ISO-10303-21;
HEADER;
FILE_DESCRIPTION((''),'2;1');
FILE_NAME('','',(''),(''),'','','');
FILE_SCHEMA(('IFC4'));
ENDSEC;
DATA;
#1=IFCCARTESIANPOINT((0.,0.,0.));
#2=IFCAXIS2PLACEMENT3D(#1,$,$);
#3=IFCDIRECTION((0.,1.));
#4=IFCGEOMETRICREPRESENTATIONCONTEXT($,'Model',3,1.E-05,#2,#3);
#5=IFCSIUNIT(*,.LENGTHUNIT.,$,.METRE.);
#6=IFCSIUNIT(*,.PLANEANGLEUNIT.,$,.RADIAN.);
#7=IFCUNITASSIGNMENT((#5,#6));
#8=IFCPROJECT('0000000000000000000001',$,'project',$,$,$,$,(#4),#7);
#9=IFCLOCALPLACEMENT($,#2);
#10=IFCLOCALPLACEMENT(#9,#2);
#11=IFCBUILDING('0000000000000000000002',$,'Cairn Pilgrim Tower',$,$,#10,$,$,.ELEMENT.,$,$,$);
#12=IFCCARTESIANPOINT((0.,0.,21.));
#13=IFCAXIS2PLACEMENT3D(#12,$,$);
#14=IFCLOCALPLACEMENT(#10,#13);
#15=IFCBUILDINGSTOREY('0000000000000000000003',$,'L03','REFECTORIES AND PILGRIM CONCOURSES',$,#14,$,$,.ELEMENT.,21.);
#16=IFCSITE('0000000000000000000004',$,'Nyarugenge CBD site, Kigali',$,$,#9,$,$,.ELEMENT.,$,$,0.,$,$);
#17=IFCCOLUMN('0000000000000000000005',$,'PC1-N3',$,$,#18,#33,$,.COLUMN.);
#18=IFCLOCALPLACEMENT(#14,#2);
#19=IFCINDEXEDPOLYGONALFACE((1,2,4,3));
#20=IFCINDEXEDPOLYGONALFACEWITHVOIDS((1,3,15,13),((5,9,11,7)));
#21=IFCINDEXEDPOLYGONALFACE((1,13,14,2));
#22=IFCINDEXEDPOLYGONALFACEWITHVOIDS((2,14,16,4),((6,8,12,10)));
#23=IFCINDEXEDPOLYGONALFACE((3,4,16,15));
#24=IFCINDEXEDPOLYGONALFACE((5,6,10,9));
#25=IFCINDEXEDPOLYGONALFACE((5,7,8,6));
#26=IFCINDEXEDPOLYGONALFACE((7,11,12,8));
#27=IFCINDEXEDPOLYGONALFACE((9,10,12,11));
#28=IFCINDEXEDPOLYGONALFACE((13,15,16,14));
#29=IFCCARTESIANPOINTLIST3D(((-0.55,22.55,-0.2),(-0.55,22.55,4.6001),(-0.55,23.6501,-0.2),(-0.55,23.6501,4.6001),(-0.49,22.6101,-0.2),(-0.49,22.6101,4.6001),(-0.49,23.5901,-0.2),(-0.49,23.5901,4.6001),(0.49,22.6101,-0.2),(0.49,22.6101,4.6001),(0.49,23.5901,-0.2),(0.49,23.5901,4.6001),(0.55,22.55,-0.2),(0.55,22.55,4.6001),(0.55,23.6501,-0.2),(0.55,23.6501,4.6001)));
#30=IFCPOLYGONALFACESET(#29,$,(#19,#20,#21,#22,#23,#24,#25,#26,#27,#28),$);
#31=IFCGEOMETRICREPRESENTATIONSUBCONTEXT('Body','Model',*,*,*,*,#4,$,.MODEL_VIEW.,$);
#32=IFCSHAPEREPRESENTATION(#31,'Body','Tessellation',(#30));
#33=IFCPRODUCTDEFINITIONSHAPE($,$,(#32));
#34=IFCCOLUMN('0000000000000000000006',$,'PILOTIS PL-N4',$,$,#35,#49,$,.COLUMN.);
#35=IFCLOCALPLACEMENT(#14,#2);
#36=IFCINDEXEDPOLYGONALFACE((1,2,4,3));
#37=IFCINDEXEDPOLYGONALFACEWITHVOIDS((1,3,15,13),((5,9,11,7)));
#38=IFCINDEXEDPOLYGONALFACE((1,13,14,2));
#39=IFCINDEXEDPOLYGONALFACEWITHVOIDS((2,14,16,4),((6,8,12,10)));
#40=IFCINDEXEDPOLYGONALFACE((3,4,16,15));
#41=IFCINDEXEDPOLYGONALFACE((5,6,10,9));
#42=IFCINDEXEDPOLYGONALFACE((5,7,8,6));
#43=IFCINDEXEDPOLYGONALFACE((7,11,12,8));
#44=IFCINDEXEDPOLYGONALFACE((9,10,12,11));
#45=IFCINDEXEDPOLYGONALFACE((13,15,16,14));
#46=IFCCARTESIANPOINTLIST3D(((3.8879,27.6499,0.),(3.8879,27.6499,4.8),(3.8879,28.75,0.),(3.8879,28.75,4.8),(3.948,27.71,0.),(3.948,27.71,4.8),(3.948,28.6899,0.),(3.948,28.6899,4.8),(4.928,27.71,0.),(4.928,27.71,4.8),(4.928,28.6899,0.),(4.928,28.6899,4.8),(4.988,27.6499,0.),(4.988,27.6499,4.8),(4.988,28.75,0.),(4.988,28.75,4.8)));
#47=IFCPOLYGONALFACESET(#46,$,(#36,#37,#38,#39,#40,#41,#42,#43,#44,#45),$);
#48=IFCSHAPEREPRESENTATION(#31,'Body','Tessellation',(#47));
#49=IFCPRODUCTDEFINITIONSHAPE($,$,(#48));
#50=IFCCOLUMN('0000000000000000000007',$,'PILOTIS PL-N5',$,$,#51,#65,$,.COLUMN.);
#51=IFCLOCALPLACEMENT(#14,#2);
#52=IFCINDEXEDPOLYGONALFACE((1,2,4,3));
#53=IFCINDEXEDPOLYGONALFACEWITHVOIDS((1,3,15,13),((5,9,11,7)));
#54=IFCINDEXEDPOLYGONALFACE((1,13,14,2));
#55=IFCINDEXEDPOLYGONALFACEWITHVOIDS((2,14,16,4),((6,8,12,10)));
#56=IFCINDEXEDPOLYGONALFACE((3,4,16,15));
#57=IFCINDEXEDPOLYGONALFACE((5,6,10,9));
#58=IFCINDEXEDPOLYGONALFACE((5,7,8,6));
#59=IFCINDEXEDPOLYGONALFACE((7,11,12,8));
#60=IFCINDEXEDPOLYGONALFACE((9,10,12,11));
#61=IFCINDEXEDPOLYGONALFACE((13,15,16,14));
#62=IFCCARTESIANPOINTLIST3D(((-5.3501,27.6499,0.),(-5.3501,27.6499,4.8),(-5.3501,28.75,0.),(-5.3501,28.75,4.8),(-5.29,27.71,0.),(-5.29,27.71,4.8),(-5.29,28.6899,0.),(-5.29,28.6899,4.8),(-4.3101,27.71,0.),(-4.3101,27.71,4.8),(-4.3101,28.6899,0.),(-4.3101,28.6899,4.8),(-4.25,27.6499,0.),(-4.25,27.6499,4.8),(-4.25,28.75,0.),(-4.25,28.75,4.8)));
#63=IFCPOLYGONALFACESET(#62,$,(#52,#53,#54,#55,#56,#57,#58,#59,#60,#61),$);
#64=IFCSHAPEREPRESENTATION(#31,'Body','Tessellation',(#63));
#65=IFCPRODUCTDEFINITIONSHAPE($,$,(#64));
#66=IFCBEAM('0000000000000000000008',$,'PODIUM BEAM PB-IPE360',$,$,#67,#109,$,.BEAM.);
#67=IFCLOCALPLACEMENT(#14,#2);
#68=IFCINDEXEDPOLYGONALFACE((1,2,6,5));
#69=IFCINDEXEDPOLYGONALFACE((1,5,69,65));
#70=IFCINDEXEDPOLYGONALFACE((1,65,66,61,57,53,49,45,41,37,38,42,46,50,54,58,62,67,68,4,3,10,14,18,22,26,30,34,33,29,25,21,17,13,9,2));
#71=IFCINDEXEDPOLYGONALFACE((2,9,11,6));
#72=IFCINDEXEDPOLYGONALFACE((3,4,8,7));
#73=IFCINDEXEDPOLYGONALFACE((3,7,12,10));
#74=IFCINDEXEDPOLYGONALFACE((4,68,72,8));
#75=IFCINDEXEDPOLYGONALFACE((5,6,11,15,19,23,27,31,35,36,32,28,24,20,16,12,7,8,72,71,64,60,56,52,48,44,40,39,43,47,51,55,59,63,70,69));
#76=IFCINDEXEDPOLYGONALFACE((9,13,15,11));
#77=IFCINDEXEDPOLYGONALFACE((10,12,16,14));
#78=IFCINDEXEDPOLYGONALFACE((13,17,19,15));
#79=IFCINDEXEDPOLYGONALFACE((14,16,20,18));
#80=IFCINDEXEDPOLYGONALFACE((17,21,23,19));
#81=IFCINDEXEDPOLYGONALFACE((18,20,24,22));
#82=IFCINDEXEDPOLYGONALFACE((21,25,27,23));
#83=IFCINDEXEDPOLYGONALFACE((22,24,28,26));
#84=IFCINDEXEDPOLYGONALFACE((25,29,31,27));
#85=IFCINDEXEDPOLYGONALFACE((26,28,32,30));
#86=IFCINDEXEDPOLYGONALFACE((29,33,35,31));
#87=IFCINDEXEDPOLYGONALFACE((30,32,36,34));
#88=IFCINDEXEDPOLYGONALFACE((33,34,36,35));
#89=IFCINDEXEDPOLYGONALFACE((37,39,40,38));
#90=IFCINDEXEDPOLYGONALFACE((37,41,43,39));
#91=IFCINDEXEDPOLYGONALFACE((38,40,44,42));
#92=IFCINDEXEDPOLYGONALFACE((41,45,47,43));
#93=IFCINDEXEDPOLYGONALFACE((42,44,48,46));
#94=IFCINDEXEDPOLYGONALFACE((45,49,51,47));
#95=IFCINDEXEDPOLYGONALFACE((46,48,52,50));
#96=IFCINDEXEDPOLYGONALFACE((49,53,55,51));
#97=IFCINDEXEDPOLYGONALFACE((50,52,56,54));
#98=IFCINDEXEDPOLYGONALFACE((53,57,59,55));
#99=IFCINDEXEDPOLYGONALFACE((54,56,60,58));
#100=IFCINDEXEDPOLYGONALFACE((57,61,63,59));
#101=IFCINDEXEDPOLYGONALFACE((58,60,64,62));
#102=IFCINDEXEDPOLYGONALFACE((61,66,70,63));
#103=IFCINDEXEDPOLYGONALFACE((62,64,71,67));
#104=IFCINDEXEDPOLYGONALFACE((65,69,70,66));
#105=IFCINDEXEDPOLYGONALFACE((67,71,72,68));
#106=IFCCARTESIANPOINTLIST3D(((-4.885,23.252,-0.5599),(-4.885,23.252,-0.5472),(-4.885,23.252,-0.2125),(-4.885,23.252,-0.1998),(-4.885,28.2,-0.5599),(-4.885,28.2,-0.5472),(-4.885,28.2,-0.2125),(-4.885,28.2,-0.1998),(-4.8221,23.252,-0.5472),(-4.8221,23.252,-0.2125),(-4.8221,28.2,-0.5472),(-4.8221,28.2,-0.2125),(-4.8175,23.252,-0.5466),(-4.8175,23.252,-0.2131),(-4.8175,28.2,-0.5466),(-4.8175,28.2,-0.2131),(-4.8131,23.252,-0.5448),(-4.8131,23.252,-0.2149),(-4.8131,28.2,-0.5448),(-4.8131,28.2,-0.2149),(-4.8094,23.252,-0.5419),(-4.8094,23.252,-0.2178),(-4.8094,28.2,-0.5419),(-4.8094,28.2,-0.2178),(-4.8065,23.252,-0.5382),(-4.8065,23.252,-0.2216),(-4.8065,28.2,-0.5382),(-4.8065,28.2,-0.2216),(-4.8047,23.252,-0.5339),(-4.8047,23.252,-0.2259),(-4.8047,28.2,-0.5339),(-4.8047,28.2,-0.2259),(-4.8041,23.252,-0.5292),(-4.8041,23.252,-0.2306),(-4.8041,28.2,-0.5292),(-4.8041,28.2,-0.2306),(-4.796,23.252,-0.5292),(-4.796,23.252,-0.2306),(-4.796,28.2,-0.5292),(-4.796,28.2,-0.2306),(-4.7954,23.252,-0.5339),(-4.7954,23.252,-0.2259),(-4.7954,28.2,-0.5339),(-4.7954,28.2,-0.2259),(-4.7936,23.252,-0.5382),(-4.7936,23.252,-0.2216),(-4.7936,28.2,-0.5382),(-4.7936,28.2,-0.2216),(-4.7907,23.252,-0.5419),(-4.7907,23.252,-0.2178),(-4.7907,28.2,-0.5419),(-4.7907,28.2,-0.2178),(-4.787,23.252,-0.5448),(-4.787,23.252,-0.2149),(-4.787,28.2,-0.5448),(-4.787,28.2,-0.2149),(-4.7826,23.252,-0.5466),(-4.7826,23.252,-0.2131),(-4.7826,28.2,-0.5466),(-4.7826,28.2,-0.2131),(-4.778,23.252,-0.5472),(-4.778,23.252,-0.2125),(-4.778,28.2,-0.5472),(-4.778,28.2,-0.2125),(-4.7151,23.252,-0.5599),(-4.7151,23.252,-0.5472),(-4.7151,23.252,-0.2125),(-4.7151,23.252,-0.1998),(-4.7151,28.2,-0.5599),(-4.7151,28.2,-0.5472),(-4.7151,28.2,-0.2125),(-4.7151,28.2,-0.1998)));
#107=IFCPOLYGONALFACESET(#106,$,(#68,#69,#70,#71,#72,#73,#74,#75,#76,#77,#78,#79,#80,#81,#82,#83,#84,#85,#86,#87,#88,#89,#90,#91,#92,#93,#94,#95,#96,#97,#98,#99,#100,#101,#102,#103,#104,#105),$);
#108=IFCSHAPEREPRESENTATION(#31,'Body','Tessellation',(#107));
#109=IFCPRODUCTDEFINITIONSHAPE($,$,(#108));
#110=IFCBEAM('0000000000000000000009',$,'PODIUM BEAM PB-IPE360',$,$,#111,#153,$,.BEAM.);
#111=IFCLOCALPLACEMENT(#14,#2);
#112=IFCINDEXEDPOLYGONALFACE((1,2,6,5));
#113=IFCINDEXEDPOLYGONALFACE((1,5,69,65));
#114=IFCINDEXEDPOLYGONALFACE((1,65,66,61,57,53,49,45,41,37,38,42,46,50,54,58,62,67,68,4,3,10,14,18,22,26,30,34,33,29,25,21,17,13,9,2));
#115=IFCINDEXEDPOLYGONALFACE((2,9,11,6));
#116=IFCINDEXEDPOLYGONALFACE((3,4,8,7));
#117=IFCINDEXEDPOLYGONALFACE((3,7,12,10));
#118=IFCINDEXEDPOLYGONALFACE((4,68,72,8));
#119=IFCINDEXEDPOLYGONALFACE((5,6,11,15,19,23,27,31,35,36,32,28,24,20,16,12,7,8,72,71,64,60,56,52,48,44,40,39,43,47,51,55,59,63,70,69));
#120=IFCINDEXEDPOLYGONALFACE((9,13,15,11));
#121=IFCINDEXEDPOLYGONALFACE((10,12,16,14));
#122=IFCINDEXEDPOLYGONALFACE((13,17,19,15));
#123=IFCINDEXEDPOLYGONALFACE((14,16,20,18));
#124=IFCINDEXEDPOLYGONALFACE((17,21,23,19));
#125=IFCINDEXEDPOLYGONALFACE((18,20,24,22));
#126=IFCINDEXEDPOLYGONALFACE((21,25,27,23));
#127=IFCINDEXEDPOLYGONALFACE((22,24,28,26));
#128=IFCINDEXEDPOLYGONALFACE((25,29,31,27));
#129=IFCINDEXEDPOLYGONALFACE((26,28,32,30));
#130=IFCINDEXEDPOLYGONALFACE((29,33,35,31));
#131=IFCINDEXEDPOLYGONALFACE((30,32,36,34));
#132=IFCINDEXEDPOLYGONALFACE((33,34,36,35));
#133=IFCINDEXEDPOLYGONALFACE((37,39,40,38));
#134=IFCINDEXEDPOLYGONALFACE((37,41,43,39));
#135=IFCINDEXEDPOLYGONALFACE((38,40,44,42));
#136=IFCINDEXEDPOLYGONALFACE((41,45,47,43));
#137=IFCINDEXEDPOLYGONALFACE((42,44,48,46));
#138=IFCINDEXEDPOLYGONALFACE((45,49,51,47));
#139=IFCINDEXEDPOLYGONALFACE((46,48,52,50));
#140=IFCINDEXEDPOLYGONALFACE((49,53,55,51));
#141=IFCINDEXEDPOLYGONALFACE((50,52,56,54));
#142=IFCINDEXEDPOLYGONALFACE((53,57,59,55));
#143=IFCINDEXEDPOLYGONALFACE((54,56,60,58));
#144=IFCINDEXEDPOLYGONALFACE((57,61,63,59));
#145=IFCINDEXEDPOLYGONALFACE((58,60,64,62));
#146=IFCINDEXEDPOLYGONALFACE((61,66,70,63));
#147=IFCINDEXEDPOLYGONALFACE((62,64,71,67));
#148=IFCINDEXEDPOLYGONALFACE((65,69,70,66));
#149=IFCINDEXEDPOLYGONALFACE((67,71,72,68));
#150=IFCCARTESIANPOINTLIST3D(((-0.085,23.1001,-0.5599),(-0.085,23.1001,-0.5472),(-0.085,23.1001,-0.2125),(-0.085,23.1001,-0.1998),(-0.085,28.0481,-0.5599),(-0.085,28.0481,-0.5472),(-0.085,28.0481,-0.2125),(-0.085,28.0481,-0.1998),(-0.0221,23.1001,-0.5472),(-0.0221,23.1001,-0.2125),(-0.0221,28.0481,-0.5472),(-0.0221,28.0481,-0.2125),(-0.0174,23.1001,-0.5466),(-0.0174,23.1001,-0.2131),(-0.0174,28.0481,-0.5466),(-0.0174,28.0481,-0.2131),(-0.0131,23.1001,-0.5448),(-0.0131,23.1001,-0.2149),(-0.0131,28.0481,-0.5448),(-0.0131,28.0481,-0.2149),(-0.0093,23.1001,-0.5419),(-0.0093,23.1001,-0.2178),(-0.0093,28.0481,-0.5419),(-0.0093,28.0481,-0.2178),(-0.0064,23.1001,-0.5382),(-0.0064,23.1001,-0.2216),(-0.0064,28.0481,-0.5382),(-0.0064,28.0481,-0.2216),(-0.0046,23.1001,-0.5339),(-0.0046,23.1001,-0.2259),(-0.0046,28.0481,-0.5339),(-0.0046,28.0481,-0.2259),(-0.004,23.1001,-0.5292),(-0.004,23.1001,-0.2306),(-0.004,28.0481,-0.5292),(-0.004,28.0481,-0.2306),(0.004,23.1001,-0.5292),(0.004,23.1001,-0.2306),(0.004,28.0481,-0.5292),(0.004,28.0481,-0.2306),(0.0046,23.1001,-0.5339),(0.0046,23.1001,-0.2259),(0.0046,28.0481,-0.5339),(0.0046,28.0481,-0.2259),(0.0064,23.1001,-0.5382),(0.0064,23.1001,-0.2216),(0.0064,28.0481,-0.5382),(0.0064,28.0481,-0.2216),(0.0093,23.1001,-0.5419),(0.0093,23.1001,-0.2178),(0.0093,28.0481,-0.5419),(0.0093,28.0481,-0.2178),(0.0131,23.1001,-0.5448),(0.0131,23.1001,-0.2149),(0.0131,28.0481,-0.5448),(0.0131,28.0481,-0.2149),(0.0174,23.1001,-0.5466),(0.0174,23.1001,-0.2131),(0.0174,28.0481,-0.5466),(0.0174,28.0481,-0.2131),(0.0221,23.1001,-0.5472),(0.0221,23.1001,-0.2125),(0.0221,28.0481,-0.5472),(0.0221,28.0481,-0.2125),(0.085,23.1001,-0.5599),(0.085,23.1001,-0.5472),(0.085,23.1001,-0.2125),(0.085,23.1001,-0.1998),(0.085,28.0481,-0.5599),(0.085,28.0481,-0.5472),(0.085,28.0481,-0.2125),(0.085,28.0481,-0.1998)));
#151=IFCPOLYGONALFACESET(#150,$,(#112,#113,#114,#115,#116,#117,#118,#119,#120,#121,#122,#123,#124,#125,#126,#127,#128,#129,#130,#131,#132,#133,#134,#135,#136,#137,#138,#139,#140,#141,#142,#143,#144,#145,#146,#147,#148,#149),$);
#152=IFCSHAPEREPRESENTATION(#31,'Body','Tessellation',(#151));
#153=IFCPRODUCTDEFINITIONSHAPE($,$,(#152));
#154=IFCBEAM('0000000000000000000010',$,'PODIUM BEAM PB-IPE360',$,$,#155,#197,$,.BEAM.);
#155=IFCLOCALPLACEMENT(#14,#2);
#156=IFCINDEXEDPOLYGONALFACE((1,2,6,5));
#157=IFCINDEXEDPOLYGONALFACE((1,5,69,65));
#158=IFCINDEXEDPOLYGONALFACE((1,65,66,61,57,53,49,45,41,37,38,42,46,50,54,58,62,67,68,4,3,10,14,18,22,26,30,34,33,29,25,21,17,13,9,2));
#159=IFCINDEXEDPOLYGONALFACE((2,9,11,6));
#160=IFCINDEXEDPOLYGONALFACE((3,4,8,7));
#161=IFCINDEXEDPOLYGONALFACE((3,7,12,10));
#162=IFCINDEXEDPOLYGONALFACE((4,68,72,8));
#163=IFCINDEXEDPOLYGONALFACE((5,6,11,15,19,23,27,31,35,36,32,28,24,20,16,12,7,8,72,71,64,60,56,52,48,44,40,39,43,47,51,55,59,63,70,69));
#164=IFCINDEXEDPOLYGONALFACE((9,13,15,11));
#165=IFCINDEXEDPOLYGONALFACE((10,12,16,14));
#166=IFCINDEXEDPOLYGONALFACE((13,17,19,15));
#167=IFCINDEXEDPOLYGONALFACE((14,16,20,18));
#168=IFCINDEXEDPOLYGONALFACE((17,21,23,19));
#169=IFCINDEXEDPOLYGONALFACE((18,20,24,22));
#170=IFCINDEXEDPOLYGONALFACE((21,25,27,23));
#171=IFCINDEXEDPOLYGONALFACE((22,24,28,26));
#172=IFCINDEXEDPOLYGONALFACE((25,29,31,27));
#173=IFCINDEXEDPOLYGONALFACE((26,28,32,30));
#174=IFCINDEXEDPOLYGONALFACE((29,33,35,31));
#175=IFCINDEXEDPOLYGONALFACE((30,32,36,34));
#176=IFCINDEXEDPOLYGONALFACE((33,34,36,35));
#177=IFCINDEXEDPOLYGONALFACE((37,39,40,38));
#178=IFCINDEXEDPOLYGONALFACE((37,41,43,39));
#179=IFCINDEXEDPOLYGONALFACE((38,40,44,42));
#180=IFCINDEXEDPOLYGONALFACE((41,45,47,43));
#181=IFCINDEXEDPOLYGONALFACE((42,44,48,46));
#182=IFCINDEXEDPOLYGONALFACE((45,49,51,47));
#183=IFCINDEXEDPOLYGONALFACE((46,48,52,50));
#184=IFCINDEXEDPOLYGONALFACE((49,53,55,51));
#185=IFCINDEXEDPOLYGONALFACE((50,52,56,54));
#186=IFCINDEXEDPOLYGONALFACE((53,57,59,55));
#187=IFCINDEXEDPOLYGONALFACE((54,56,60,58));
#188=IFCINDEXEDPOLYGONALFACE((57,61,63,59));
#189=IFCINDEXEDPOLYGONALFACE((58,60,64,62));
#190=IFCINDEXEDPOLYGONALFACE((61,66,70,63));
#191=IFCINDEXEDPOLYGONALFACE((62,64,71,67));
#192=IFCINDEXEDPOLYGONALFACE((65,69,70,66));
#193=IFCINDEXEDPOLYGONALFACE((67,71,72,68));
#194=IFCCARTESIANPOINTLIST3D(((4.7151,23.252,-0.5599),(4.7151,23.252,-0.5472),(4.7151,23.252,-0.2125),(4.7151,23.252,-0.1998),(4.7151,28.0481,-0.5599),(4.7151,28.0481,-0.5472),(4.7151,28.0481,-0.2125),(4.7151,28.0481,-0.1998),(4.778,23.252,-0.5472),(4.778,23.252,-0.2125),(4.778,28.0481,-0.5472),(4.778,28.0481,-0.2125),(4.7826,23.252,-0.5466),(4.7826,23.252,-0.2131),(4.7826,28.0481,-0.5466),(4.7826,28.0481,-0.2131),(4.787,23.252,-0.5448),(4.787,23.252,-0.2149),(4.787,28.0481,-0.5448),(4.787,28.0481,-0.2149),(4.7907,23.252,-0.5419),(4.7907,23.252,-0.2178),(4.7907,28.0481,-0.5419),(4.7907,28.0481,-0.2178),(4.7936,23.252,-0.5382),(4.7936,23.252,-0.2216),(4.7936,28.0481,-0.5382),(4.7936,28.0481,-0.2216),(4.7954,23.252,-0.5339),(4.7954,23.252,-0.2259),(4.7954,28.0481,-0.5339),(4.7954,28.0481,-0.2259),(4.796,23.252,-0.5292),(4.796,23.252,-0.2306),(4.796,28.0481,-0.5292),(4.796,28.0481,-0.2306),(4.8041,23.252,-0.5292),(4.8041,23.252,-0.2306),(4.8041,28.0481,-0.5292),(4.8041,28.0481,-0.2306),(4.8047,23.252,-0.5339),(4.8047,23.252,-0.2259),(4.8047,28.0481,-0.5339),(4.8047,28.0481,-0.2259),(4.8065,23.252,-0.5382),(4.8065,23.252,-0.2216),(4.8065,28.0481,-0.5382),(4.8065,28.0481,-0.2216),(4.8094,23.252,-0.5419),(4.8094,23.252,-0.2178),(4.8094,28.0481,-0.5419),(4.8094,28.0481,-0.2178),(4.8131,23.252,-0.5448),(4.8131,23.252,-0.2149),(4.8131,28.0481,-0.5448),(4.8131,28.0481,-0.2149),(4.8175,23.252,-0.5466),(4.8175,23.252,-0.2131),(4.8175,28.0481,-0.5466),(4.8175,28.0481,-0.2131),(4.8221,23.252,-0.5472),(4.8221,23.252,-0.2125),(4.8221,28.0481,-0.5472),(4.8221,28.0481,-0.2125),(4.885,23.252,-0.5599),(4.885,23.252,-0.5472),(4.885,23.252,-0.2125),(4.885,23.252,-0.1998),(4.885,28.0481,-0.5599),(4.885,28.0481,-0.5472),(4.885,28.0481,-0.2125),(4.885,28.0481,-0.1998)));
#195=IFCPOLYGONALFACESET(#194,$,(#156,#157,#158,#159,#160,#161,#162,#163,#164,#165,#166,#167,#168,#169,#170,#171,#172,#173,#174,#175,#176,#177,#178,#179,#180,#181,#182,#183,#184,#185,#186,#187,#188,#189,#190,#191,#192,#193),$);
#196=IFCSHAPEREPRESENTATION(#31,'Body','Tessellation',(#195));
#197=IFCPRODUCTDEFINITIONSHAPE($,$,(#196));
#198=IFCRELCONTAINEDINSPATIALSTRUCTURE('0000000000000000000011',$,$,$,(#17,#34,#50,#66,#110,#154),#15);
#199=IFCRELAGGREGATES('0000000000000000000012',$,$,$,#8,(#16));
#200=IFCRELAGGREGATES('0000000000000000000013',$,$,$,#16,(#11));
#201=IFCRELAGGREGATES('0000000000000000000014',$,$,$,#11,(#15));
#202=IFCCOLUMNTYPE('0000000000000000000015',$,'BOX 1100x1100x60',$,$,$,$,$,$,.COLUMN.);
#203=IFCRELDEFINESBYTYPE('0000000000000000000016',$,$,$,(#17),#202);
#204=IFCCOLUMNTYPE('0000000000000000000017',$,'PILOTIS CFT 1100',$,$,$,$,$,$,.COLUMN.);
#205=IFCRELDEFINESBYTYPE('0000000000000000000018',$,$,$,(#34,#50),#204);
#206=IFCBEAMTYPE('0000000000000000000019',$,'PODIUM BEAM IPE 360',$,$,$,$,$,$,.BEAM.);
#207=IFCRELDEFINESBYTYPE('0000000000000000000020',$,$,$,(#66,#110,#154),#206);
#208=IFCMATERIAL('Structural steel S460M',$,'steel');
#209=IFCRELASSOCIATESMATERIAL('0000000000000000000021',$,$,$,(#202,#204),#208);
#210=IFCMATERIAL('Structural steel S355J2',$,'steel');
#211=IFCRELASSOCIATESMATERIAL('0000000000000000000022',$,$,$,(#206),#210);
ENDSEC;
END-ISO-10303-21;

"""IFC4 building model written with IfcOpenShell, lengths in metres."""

from ifc_helpers import new_model, si_unit, direction, frame, origin, origin_2d, place, context, subcontext, project, spatial, hollow_rectangle, i_section, extrude, material, material_profile, profile_set, type_object, element, save


model = new_model("IFC4")

# Units and contexts
model_context = context("Model", 3, precision=1e-05, world=origin(), true_north=direction((0.0, 1.0)))
body_context = subcontext(model_context, "Body", "Model", "MODEL_VIEW")
ifc_project = project(units=[si_unit("LENGTHUNIT", "METRE"), si_unit("PLANEANGLEUNIT", "RADIAN")], contexts=[model_context])

# Site, building, storey
site_placement = place(None, origin())
site = spatial("IfcSite", under=ifc_project, at=site_placement, Name="Nyarugenge CBD site, Kigali", CompositionType="ELEMENT", RefElevation=0.0)
building_placement = place(site_placement, origin())
building = spatial("IfcBuilding", under=site, at=building_placement, Name="Cairn Pilgrim Tower", CompositionType="ELEMENT")
storey_placement = place(building_placement, frame((0.0, 0.0, 21.0)))
storey = spatial("IfcBuildingStorey", under=building, at=storey_placement, Name="L03", Description="REFECTORIES AND PILGRIM CONCOURSES", CompositionType="ELEMENT", Elevation=21.0)

# Columns
ifc_material_1 = material(Name="Structural steel S460M", Category="steel")
ifc_material_profile_1 = material_profile(ifc_material_1, hollow_rectangle(XDim=1.1001, YDim=1.1001, WallThickness=0.0601, at=origin_2d()), Name="BOX 1100x1100x60")
ifc_profile_set_1 = profile_set([ifc_material_profile_1], Name="Structural steel S460M")
column_type_1 = type_object("IfcColumnType", Name="BOX 1100x1100x60", PredefinedType="COLUMN", material=ifc_profile_set_1)
column_placement = place(storey_placement, frame((0.0, 23.1001, -0.2), z_axis=(0.0, 0.0, 1.0), x_axis=(1.0, 0.0, 0.0)))
element("IfcColumn", 1, at=column_placement, inside=storey, type_object=column_type_1, Name="PC1-N3", PredefinedType="COLUMN", context=body_context, shape_type="SweptSolid", body=[
    extrude(hollow_rectangle(XDim=1.1001, YDim=1.1001, WallThickness=0.0601, at=origin_2d()), origin(), (0.0, 0.0, 1.0), 4.8),
])
ifc_material_profile_2 = material_profile(ifc_material_1, hollow_rectangle(XDim=1.1001, YDim=1.1001, WallThickness=0.0601, at=origin_2d()), Name="BOX 1100x1100x60")
ifc_profile_set_2 = profile_set([ifc_material_profile_2], Name="Structural steel S460M")
column_type_2 = type_object("IfcColumnType", Name="PILOTIS CFT 1100", PredefinedType="COLUMN", material=ifc_profile_set_2)
for number, where, z_axis, x_axis, name in (
    (2, (4.438, 28.2, 0.0), (0.0, 0.0, 1.0), (1.0, 0.0, 0.0), "PILOTIS PL-N4"),
    (3, (-4.8, 28.2, 0.0), (0.0, 0.0, 1.0), (1.0, 0.0, 0.0), "PILOTIS PL-N5"),
):
    element("IfcColumn", number, at=place(storey_placement, frame(where, z_axis=z_axis, x_axis=x_axis)), inside=storey, type_object=column_type_2, Name=name, PredefinedType="COLUMN", context=body_context, shape_type="SweptSolid", body=[
        extrude(hollow_rectangle(XDim=1.1001, YDim=1.1001, WallThickness=0.0601, at=origin_2d()), origin(), (0.0, 0.0, 1.0), 4.8),
    ])

# Beams
ifc_material_2 = material(Name="Structural steel S355J2", Category="steel")
ifc_material_profile_3 = material_profile(ifc_material_2, i_section(OverallWidth=0.1699, OverallDepth=0.3601, WebThickness=0.0081, FlangeThickness=0.0127, FilletRadius=0.0181, at=origin_2d()), Name="IPE 360")
ifc_profile_set_3 = profile_set([ifc_material_profile_3], Name="Structural steel S355J2")
beam_type_1 = type_object("IfcBeamType", Name="PODIUM BEAM IPE 360", PredefinedType="BEAM", material=ifc_profile_set_3)
for number, where, z_axis, x_axis, name in (
    (4, (-4.8, 23.252, -0.3799), (0.0, 1.0, 0.0), (-1.0, 0.0, 0.0), "PODIUM BEAM PB-IPE360"),
    (5, (0.0, 23.1001, -0.3799), (0.0, 1.0, 0.0), (-1.0, 0.0, 0.0), "PODIUM BEAM PB-IPE360"),
):
    element("IfcBeam", number, at=place(storey_placement, frame(where, z_axis=z_axis, x_axis=x_axis)), inside=storey, type_object=beam_type_1, Name=name, PredefinedType="BEAM", context=body_context, shape_type="SweptSolid", body=[
        extrude(i_section(OverallWidth=0.1699, OverallDepth=0.3601, WebThickness=0.0081, FlangeThickness=0.0127, FilletRadius=0.0181, at=origin_2d()), origin(), (0.0, 0.0, 1.0), 4.948),
    ])
beam_1_placement = place(storey_placement, frame((4.8, 23.252, -0.3799), z_axis=(0.0, 1.0, 0.0), x_axis=(-1.0, 0.0, 0.0)))
element("IfcBeam", 6, at=beam_1_placement, inside=storey, type_object=beam_type_1, Name="PODIUM BEAM PB-IPE360", PredefinedType="BEAM", context=body_context, shape_type="SweptSolid", body=[
    extrude(i_section(OverallWidth=0.1699, OverallDepth=0.3601, WebThickness=0.0081, FlangeThickness=0.0127, FilletRadius=0.0181, at=origin_2d()), origin(), (0.0, 0.0, 1.0), 4.7961),
])

save(model, "model.ifc")
